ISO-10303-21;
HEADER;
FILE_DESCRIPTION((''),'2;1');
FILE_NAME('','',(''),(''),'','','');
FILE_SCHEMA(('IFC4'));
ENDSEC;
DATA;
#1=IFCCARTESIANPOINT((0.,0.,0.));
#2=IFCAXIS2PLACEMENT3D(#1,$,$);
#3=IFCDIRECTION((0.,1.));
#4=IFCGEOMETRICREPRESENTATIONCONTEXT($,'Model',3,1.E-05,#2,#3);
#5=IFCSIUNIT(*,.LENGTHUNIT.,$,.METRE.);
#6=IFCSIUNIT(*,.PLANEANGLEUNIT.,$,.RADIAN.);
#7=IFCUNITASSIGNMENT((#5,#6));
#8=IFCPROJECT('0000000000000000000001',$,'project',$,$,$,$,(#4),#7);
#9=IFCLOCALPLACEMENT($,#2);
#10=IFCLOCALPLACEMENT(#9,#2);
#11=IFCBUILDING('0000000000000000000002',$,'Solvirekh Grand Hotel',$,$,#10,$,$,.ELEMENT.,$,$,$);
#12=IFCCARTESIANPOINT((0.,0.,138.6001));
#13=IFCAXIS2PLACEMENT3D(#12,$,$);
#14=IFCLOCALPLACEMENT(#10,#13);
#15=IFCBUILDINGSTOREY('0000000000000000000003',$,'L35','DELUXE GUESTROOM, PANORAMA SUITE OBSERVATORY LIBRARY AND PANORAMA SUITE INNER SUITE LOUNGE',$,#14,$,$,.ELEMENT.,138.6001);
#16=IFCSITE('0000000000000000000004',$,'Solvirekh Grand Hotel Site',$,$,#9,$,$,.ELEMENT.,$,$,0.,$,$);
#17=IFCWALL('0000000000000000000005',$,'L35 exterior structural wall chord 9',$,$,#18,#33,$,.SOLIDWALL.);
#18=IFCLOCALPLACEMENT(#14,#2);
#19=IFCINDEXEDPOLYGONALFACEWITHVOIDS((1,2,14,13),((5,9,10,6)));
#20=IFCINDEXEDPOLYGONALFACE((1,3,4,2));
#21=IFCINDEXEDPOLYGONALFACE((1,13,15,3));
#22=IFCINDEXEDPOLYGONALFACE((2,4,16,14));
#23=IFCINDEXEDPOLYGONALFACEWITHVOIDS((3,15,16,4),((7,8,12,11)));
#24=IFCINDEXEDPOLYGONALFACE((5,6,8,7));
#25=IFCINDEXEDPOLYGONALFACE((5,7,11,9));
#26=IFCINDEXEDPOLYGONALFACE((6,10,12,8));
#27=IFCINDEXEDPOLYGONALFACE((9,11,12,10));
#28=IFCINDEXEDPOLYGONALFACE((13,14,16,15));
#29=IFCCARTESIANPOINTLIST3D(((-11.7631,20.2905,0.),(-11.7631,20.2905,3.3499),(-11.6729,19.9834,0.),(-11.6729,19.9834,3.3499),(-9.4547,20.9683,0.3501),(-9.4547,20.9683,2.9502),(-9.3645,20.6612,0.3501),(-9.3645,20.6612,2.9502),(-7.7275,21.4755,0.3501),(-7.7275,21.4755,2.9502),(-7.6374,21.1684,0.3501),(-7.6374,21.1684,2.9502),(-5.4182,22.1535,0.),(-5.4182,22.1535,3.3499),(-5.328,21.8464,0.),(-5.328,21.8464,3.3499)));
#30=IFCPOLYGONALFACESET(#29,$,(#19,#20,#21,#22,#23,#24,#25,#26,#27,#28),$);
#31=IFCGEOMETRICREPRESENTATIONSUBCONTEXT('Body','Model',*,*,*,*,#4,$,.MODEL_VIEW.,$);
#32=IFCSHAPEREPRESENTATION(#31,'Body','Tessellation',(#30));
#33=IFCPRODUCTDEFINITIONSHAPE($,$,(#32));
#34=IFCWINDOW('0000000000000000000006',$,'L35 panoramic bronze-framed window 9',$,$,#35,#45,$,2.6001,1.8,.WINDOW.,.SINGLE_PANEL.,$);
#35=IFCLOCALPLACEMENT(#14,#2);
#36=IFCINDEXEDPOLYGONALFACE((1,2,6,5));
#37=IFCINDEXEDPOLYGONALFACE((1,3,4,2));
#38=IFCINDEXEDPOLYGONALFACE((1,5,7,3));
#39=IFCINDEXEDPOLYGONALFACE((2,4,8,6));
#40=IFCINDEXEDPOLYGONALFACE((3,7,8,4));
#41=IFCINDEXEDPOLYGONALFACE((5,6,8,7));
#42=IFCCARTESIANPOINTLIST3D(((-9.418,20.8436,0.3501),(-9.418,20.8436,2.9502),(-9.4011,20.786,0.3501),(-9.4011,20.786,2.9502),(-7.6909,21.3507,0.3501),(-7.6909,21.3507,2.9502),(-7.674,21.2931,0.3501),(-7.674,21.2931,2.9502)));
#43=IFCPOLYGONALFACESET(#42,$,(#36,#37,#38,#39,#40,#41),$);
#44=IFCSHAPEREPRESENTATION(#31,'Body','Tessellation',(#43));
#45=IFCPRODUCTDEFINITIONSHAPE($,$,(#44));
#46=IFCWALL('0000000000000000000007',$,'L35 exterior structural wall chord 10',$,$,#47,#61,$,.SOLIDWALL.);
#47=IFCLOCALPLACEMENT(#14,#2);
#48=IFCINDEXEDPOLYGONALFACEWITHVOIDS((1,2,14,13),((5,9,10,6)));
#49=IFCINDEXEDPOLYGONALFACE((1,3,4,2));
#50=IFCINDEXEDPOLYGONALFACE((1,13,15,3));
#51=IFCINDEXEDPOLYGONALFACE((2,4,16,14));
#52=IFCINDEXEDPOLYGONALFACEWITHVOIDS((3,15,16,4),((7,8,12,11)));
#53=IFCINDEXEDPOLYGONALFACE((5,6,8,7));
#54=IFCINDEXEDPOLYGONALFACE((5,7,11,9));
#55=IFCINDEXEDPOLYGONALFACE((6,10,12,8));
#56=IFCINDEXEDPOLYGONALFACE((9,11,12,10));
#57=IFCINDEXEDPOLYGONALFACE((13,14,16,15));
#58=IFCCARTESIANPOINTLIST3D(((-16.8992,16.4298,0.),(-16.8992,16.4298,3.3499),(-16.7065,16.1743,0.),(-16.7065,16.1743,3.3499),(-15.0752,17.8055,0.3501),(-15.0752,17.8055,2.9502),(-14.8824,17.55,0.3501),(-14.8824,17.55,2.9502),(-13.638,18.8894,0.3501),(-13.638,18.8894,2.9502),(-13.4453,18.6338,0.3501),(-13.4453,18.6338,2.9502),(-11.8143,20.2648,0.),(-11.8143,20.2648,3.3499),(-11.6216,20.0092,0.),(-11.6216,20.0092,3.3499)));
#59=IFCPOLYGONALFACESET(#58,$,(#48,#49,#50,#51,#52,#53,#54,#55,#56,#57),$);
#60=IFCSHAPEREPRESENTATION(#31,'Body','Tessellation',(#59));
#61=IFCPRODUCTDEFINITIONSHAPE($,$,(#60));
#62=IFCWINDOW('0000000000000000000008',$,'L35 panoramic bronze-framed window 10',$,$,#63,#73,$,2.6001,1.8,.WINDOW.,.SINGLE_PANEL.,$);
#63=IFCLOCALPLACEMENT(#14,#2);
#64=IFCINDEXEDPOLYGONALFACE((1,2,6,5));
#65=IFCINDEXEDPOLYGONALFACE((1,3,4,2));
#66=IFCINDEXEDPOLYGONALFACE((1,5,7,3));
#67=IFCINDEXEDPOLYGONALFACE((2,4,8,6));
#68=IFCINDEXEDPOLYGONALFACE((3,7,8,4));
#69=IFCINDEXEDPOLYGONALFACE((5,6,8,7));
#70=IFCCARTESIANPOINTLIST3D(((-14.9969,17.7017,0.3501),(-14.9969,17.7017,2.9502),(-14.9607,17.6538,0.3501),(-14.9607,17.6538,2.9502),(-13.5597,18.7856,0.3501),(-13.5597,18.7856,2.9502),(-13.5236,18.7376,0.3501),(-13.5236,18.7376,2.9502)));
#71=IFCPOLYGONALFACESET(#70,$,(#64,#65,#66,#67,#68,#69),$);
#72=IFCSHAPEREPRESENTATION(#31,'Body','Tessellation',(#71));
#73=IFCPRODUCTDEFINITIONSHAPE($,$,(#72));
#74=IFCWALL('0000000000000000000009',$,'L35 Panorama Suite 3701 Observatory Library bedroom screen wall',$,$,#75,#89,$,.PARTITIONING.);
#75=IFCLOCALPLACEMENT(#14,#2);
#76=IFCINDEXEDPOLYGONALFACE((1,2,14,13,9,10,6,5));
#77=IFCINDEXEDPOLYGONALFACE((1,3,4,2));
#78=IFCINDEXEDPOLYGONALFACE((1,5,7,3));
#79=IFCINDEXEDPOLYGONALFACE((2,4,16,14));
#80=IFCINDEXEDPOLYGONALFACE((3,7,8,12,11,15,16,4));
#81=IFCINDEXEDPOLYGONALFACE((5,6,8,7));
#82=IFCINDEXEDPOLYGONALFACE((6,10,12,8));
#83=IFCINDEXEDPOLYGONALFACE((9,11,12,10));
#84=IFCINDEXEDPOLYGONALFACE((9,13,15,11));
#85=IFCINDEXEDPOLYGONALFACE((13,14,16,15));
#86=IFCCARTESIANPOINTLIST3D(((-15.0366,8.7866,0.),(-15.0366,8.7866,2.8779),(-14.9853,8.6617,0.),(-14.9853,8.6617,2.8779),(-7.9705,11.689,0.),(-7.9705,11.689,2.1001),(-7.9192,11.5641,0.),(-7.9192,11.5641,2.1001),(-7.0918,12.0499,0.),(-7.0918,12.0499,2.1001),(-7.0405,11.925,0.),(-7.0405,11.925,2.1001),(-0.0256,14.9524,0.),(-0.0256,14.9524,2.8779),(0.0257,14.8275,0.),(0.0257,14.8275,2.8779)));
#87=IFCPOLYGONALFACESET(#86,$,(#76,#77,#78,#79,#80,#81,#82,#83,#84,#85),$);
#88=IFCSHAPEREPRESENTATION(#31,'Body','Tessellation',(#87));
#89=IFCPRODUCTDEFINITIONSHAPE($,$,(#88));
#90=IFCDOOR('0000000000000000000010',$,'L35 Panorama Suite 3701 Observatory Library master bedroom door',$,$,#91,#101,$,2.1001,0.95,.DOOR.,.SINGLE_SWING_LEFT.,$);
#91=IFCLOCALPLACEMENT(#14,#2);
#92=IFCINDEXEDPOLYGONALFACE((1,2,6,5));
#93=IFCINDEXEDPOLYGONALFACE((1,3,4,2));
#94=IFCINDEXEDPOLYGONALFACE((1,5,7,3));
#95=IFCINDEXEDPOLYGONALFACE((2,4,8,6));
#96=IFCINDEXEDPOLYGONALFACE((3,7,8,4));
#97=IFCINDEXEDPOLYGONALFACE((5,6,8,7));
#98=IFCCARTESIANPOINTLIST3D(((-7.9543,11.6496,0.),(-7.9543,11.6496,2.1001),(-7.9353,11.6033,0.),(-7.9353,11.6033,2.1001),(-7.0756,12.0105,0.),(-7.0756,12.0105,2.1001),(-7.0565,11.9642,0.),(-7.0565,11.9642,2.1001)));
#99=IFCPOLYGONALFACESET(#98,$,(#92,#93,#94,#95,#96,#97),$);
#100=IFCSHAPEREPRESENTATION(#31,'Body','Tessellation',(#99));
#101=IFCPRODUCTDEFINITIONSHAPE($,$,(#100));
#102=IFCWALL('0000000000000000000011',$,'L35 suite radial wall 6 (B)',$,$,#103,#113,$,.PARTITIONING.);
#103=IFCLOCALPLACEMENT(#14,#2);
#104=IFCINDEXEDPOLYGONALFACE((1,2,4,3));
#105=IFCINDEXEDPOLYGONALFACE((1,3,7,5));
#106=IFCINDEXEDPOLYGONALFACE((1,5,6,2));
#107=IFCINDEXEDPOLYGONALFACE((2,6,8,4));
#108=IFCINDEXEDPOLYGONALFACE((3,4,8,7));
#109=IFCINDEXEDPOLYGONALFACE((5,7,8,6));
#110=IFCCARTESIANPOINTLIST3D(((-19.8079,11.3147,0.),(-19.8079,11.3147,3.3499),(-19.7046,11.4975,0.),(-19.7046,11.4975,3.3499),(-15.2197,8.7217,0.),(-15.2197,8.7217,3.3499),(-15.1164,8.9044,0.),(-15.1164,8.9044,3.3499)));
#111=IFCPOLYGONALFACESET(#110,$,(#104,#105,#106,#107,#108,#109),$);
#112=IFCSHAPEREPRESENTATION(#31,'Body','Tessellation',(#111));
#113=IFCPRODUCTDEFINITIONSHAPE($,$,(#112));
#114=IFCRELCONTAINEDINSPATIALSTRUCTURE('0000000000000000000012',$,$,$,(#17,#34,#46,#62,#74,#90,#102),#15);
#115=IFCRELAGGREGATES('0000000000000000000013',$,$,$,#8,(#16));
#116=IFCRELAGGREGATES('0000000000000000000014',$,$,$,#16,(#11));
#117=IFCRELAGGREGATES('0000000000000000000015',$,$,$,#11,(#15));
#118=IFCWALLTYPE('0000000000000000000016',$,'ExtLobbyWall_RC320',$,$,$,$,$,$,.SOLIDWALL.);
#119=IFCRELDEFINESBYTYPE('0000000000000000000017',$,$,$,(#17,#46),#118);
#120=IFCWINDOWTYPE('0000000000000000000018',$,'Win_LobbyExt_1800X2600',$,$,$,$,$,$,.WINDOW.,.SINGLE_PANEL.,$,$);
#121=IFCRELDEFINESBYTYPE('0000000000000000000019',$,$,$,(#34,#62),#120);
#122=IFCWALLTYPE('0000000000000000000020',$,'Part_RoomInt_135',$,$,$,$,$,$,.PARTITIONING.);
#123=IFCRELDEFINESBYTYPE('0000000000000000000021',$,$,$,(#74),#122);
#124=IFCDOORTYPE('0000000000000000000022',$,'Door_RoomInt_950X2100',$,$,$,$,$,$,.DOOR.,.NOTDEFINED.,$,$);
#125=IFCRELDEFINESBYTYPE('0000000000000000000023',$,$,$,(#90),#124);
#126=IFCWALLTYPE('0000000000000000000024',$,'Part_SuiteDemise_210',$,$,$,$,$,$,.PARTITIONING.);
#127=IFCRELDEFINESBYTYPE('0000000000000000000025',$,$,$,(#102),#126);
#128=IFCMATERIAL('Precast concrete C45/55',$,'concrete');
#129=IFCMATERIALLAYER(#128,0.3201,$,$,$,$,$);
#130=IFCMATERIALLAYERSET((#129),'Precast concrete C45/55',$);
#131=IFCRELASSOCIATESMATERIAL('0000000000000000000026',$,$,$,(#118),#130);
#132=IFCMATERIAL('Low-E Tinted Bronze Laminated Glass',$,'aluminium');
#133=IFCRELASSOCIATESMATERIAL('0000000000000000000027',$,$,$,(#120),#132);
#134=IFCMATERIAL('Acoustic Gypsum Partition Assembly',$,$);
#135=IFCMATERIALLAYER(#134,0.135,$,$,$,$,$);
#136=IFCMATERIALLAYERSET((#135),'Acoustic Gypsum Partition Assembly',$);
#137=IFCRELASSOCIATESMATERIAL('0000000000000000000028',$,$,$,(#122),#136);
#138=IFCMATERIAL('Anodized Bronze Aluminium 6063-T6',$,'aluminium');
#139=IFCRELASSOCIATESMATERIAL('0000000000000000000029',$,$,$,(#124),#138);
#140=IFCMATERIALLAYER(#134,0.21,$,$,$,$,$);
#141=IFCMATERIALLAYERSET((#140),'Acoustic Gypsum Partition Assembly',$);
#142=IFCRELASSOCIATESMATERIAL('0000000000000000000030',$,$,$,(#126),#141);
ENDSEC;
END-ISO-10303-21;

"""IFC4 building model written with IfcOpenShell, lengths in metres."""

from ifc_helpers import new_model, si_unit, direction, frame, frame_2d, origin, place, context, subcontext, project, spatial, rectangle, extrude, material, layer, layer_set, type_object, element, fill, save


model = new_model("IFC4")

# Units and contexts
model_context = context("Model", 3, precision=1e-05, world=origin(), true_north=direction((0.0, 1.0)))
body_context = subcontext(model_context, "Body", "Model", "MODEL_VIEW")
ifc_project = project(units=[si_unit("LENGTHUNIT", "METRE"), si_unit("PLANEANGLEUNIT", "RADIAN")], contexts=[model_context])

# Site, building, storey
site_placement = place(None, origin())
site = spatial("IfcSite", under=ifc_project, at=site_placement, Name="Solvirekh Grand Hotel Site", CompositionType="ELEMENT", RefElevation=0.0)
building_placement = place(site_placement, origin())
building = spatial("IfcBuilding", under=site, at=building_placement, Name="Solvirekh Grand Hotel", CompositionType="ELEMENT")
storey_placement = place(building_placement, frame((0.0, 0.0, 138.6001)))
storey = spatial("IfcBuildingStorey", under=building, at=storey_placement, Name="L35", Description="DELUXE GUESTROOM, PANORAMA SUITE OBSERVATORY LIBRARY AND PANORAMA SUITE INNER SUITE LOUNGE", CompositionType="ELEMENT", Elevation=138.6001)

# Shared definitions
ifc_material_1 = material(Name="Anodized Bronze Aluminium 6063-T6", Category="aluminium")
ifc_material_2 = material(Name="Low-E Tinted Bronze Laminated Glass", Category="aluminium")

# Walls, openings, windows
ifc_material_3 = material(Name="Precast concrete C45/55", Category="concrete")
ifc_layer_1 = layer(ifc_material_3, 0.3201)
ifc_layer_set_1 = layer_set([ifc_layer_1], Name="Precast concrete C45/55")
wall_type_1 = type_object("IfcWallType", Name="ExtLobbyWall_RC320", PredefinedType="SOLIDWALL", material=ifc_layer_set_1)
wall_1_placement = place(storey_placement, frame((-11.718, 20.137, 0.0), z_axis=(0.0, 0.0, 1.0), x_axis=(0.959494, 0.281731, 0.0)))
wall_1 = element("IfcWall", 1, at=wall_1_placement, inside=storey, type_object=wall_type_1, Name="L35 exterior structural wall chord 9", PredefinedType="SOLIDWALL", context=body_context, shape_type="SweptSolid", body=[
    extrude(rectangle(XDim=6.6128, YDim=0.3201, at=frame_2d((3.3064, 0.0))), origin(), (0.0, 0.0, 1.0), 3.3499),
])
opening_1_placement = place(wall_1_placement, frame((2.406, 0.0, 0.3501)))
opening_1 = element("IfcOpeningElement", 2, at=opening_1_placement, cuts=wall_1, PredefinedType="OPENING", context=body_context, shape_type="SweptSolid", body=[
    extrude(rectangle(XDim=1.8, YDim=2.6001, at=frame_2d((0.8999, 1.3))), frame((0.0, 0.1699, 0.0), z_axis=(0.0, -1.0, 0.0), x_axis=(1.0, 0.0, 0.0)), (0.0, 0.0, 1.0), 0.3401),
])
window_type = type_object("IfcWindowType", Name="Win_LobbyExt_1800X2600", PartitioningType="SINGLE_PANEL", PredefinedType="WINDOW", material=ifc_material_2)
window_1_placement = place(opening_1_placement, origin())
window_1 = element("IfcWindow", 3, at=window_1_placement, inside=storey, type_object=window_type, Name="L35 panoramic bronze-framed window 9", OverallHeight=2.6001, OverallWidth=1.8, PartitioningType="SINGLE_PANEL", PredefinedType="WINDOW", context=body_context, shape_type="SweptSolid", body=[
    extrude(rectangle(XDim=1.8, YDim=2.6001, at=frame_2d((0.8999, 1.3))), frame((0.0, 0.03, 0.0), z_axis=(0.0, -1.0, 0.0), x_axis=(1.0, 0.0, 0.0)), (0.0, 0.0, 1.0), 0.0601),
])
fill(opening_1, window_1)
wall_2_placement = place(storey_placement, frame((-16.803, 16.302, 0.0), z_axis=(0.0, 0.0, 1.0), x_axis=(0.798396, 0.602132, 0.0)))
wall_2 = element("IfcWall", 4, at=wall_2_placement, inside=storey, type_object=wall_type_1, Name="L35 exterior structural wall chord 10", PredefinedType="SOLIDWALL", context=body_context, shape_type="SweptSolid", body=[
    extrude(rectangle(XDim=6.3689, YDim=0.3201, at=frame_2d((3.1846, 0.0))), origin(), (0.0, 0.0, 1.0), 3.3499),
])
opening_2_placement = place(wall_2_placement, frame((2.2849, 0.0, 0.3501)))
opening_2 = element("IfcOpeningElement", 5, at=opening_2_placement, cuts=wall_2, PredefinedType="OPENING", context=body_context, shape_type="SweptSolid", body=[
    extrude(rectangle(XDim=1.8, YDim=2.6001, at=frame_2d((0.8999, 1.3))), frame((0.0, 0.1699, 0.0), z_axis=(0.0, -1.0, 0.0), x_axis=(1.0, 0.0, 0.0)), (0.0, 0.0, 1.0), 0.3401),
])
window_2_placement = place(opening_2_placement, origin())
window_2 = element("IfcWindow", 6, at=window_2_placement, inside=storey, type_object=window_type, Name="L35 panoramic bronze-framed window 10", OverallHeight=2.6001, OverallWidth=1.8, PartitioningType="SINGLE_PANEL", PredefinedType="WINDOW", context=body_context, shape_type="SweptSolid", body=[
    extrude(rectangle(XDim=1.8, YDim=2.6001, at=frame_2d((0.8999, 1.3))), frame((0.0, 0.03, 0.0), z_axis=(0.0, -1.0, 0.0), x_axis=(1.0, 0.0, 0.0)), (0.0, 0.0, 1.0), 0.0601),
])
fill(opening_2, window_2)

# Wall, opening, door
ifc_material_4 = material(Name="Acoustic Gypsum Partition Assembly")
ifc_layer_2 = layer(ifc_material_4, 0.135)
ifc_layer_set_2 = layer_set([ifc_layer_2], Name="Acoustic Gypsum Partition Assembly")
wall_type_2 = type_object("IfcWallType", Name="Part_RoomInt_135", PredefinedType="PARTITIONING", material=ifc_layer_set_2)
wall_3_placement = place(storey_placement, frame((-15.011, 8.7241, 0.0), z_axis=(0.0, 0.0, 1.0), x_axis=(0.925008, 0.379948, 0.0)))
wall_3 = element("IfcWall", 7, at=wall_3_placement, inside=storey, type_object=wall_type_2, Name="L35 Panorama Suite 3701 Observatory Library bedroom screen wall", PredefinedType="PARTITIONING", context=body_context, shape_type="SweptSolid", body=[
    extrude(rectangle(XDim=16.228, YDim=0.135, at=frame_2d((8.114, 0.0))), origin(), (0.0, 0.0, 1.0), 2.8779),
])
opening_3_placement = place(wall_3_placement, frame((7.6389, 0.0, 0.0)))
opening_3 = element("IfcOpeningElement", 8, at=opening_3_placement, cuts=wall_3, PredefinedType="OPENING", context=body_context, shape_type="SweptSolid", body=[
    extrude(rectangle(XDim=0.95, YDim=2.1001, at=frame_2d((0.4751, 1.05))), frame((0.0, 0.0776, 0.0), z_axis=(0.0, -1.0, 0.0), x_axis=(1.0, 0.0, 0.0)), (0.0, 0.0, 1.0), 0.155),
])
door_type = type_object("IfcDoorType", Name="Door_RoomInt_950X2100", OperationType="NOTDEFINED", PredefinedType="DOOR", material=ifc_material_1)
door_placement = place(opening_3_placement, origin())
door = element("IfcDoor", 9, at=door_placement, inside=storey, type_object=door_type, Name="L35 Panorama Suite 3701 Observatory Library master bedroom door", OperationType="SINGLE_SWING_LEFT", OverallHeight=2.1001, OverallWidth=0.95, PredefinedType="DOOR", context=body_context, shape_type="SweptSolid", body=[
    extrude(rectangle(XDim=0.95, YDim=2.1001, at=frame_2d((0.4751, 1.05))), frame((0.0, 0.0249, 0.0), z_axis=(0.0, -1.0, 0.0), x_axis=(1.0, 0.0, 0.0)), (0.0, 0.0, 1.0), 0.05),
])
fill(opening_3, door)

# Wall
ifc_layer_3 = layer(ifc_material_4, 0.21)
ifc_layer_set_3 = layer_set([ifc_layer_3], Name="Acoustic Gypsum Partition Assembly")
wall_type_3 = type_object("IfcWallType", Name="Part_SuiteDemise_210", PredefinedType="PARTITIONING", material=ifc_layer_set_3)
wall_4_placement = place(storey_placement, frame((-15.168, 8.813, 0.0), z_axis=(0.0, 0.0, 1.0), x_axis=(-0.870585, 0.492018, 0.0)))
element("IfcWall", 10, at=wall_4_placement, inside=storey, type_object=wall_type_3, Name="L35 suite radial wall 6 (B)", PredefinedType="PARTITIONING", context=body_context, shape_type="SweptSolid", body=[
    extrude(rectangle(XDim=5.2703, YDim=0.21, at=frame_2d((2.6353, 0.0))), origin(), (0.0, 0.0, 1.0), 3.3499),
])

save(model, "model.ifc")
